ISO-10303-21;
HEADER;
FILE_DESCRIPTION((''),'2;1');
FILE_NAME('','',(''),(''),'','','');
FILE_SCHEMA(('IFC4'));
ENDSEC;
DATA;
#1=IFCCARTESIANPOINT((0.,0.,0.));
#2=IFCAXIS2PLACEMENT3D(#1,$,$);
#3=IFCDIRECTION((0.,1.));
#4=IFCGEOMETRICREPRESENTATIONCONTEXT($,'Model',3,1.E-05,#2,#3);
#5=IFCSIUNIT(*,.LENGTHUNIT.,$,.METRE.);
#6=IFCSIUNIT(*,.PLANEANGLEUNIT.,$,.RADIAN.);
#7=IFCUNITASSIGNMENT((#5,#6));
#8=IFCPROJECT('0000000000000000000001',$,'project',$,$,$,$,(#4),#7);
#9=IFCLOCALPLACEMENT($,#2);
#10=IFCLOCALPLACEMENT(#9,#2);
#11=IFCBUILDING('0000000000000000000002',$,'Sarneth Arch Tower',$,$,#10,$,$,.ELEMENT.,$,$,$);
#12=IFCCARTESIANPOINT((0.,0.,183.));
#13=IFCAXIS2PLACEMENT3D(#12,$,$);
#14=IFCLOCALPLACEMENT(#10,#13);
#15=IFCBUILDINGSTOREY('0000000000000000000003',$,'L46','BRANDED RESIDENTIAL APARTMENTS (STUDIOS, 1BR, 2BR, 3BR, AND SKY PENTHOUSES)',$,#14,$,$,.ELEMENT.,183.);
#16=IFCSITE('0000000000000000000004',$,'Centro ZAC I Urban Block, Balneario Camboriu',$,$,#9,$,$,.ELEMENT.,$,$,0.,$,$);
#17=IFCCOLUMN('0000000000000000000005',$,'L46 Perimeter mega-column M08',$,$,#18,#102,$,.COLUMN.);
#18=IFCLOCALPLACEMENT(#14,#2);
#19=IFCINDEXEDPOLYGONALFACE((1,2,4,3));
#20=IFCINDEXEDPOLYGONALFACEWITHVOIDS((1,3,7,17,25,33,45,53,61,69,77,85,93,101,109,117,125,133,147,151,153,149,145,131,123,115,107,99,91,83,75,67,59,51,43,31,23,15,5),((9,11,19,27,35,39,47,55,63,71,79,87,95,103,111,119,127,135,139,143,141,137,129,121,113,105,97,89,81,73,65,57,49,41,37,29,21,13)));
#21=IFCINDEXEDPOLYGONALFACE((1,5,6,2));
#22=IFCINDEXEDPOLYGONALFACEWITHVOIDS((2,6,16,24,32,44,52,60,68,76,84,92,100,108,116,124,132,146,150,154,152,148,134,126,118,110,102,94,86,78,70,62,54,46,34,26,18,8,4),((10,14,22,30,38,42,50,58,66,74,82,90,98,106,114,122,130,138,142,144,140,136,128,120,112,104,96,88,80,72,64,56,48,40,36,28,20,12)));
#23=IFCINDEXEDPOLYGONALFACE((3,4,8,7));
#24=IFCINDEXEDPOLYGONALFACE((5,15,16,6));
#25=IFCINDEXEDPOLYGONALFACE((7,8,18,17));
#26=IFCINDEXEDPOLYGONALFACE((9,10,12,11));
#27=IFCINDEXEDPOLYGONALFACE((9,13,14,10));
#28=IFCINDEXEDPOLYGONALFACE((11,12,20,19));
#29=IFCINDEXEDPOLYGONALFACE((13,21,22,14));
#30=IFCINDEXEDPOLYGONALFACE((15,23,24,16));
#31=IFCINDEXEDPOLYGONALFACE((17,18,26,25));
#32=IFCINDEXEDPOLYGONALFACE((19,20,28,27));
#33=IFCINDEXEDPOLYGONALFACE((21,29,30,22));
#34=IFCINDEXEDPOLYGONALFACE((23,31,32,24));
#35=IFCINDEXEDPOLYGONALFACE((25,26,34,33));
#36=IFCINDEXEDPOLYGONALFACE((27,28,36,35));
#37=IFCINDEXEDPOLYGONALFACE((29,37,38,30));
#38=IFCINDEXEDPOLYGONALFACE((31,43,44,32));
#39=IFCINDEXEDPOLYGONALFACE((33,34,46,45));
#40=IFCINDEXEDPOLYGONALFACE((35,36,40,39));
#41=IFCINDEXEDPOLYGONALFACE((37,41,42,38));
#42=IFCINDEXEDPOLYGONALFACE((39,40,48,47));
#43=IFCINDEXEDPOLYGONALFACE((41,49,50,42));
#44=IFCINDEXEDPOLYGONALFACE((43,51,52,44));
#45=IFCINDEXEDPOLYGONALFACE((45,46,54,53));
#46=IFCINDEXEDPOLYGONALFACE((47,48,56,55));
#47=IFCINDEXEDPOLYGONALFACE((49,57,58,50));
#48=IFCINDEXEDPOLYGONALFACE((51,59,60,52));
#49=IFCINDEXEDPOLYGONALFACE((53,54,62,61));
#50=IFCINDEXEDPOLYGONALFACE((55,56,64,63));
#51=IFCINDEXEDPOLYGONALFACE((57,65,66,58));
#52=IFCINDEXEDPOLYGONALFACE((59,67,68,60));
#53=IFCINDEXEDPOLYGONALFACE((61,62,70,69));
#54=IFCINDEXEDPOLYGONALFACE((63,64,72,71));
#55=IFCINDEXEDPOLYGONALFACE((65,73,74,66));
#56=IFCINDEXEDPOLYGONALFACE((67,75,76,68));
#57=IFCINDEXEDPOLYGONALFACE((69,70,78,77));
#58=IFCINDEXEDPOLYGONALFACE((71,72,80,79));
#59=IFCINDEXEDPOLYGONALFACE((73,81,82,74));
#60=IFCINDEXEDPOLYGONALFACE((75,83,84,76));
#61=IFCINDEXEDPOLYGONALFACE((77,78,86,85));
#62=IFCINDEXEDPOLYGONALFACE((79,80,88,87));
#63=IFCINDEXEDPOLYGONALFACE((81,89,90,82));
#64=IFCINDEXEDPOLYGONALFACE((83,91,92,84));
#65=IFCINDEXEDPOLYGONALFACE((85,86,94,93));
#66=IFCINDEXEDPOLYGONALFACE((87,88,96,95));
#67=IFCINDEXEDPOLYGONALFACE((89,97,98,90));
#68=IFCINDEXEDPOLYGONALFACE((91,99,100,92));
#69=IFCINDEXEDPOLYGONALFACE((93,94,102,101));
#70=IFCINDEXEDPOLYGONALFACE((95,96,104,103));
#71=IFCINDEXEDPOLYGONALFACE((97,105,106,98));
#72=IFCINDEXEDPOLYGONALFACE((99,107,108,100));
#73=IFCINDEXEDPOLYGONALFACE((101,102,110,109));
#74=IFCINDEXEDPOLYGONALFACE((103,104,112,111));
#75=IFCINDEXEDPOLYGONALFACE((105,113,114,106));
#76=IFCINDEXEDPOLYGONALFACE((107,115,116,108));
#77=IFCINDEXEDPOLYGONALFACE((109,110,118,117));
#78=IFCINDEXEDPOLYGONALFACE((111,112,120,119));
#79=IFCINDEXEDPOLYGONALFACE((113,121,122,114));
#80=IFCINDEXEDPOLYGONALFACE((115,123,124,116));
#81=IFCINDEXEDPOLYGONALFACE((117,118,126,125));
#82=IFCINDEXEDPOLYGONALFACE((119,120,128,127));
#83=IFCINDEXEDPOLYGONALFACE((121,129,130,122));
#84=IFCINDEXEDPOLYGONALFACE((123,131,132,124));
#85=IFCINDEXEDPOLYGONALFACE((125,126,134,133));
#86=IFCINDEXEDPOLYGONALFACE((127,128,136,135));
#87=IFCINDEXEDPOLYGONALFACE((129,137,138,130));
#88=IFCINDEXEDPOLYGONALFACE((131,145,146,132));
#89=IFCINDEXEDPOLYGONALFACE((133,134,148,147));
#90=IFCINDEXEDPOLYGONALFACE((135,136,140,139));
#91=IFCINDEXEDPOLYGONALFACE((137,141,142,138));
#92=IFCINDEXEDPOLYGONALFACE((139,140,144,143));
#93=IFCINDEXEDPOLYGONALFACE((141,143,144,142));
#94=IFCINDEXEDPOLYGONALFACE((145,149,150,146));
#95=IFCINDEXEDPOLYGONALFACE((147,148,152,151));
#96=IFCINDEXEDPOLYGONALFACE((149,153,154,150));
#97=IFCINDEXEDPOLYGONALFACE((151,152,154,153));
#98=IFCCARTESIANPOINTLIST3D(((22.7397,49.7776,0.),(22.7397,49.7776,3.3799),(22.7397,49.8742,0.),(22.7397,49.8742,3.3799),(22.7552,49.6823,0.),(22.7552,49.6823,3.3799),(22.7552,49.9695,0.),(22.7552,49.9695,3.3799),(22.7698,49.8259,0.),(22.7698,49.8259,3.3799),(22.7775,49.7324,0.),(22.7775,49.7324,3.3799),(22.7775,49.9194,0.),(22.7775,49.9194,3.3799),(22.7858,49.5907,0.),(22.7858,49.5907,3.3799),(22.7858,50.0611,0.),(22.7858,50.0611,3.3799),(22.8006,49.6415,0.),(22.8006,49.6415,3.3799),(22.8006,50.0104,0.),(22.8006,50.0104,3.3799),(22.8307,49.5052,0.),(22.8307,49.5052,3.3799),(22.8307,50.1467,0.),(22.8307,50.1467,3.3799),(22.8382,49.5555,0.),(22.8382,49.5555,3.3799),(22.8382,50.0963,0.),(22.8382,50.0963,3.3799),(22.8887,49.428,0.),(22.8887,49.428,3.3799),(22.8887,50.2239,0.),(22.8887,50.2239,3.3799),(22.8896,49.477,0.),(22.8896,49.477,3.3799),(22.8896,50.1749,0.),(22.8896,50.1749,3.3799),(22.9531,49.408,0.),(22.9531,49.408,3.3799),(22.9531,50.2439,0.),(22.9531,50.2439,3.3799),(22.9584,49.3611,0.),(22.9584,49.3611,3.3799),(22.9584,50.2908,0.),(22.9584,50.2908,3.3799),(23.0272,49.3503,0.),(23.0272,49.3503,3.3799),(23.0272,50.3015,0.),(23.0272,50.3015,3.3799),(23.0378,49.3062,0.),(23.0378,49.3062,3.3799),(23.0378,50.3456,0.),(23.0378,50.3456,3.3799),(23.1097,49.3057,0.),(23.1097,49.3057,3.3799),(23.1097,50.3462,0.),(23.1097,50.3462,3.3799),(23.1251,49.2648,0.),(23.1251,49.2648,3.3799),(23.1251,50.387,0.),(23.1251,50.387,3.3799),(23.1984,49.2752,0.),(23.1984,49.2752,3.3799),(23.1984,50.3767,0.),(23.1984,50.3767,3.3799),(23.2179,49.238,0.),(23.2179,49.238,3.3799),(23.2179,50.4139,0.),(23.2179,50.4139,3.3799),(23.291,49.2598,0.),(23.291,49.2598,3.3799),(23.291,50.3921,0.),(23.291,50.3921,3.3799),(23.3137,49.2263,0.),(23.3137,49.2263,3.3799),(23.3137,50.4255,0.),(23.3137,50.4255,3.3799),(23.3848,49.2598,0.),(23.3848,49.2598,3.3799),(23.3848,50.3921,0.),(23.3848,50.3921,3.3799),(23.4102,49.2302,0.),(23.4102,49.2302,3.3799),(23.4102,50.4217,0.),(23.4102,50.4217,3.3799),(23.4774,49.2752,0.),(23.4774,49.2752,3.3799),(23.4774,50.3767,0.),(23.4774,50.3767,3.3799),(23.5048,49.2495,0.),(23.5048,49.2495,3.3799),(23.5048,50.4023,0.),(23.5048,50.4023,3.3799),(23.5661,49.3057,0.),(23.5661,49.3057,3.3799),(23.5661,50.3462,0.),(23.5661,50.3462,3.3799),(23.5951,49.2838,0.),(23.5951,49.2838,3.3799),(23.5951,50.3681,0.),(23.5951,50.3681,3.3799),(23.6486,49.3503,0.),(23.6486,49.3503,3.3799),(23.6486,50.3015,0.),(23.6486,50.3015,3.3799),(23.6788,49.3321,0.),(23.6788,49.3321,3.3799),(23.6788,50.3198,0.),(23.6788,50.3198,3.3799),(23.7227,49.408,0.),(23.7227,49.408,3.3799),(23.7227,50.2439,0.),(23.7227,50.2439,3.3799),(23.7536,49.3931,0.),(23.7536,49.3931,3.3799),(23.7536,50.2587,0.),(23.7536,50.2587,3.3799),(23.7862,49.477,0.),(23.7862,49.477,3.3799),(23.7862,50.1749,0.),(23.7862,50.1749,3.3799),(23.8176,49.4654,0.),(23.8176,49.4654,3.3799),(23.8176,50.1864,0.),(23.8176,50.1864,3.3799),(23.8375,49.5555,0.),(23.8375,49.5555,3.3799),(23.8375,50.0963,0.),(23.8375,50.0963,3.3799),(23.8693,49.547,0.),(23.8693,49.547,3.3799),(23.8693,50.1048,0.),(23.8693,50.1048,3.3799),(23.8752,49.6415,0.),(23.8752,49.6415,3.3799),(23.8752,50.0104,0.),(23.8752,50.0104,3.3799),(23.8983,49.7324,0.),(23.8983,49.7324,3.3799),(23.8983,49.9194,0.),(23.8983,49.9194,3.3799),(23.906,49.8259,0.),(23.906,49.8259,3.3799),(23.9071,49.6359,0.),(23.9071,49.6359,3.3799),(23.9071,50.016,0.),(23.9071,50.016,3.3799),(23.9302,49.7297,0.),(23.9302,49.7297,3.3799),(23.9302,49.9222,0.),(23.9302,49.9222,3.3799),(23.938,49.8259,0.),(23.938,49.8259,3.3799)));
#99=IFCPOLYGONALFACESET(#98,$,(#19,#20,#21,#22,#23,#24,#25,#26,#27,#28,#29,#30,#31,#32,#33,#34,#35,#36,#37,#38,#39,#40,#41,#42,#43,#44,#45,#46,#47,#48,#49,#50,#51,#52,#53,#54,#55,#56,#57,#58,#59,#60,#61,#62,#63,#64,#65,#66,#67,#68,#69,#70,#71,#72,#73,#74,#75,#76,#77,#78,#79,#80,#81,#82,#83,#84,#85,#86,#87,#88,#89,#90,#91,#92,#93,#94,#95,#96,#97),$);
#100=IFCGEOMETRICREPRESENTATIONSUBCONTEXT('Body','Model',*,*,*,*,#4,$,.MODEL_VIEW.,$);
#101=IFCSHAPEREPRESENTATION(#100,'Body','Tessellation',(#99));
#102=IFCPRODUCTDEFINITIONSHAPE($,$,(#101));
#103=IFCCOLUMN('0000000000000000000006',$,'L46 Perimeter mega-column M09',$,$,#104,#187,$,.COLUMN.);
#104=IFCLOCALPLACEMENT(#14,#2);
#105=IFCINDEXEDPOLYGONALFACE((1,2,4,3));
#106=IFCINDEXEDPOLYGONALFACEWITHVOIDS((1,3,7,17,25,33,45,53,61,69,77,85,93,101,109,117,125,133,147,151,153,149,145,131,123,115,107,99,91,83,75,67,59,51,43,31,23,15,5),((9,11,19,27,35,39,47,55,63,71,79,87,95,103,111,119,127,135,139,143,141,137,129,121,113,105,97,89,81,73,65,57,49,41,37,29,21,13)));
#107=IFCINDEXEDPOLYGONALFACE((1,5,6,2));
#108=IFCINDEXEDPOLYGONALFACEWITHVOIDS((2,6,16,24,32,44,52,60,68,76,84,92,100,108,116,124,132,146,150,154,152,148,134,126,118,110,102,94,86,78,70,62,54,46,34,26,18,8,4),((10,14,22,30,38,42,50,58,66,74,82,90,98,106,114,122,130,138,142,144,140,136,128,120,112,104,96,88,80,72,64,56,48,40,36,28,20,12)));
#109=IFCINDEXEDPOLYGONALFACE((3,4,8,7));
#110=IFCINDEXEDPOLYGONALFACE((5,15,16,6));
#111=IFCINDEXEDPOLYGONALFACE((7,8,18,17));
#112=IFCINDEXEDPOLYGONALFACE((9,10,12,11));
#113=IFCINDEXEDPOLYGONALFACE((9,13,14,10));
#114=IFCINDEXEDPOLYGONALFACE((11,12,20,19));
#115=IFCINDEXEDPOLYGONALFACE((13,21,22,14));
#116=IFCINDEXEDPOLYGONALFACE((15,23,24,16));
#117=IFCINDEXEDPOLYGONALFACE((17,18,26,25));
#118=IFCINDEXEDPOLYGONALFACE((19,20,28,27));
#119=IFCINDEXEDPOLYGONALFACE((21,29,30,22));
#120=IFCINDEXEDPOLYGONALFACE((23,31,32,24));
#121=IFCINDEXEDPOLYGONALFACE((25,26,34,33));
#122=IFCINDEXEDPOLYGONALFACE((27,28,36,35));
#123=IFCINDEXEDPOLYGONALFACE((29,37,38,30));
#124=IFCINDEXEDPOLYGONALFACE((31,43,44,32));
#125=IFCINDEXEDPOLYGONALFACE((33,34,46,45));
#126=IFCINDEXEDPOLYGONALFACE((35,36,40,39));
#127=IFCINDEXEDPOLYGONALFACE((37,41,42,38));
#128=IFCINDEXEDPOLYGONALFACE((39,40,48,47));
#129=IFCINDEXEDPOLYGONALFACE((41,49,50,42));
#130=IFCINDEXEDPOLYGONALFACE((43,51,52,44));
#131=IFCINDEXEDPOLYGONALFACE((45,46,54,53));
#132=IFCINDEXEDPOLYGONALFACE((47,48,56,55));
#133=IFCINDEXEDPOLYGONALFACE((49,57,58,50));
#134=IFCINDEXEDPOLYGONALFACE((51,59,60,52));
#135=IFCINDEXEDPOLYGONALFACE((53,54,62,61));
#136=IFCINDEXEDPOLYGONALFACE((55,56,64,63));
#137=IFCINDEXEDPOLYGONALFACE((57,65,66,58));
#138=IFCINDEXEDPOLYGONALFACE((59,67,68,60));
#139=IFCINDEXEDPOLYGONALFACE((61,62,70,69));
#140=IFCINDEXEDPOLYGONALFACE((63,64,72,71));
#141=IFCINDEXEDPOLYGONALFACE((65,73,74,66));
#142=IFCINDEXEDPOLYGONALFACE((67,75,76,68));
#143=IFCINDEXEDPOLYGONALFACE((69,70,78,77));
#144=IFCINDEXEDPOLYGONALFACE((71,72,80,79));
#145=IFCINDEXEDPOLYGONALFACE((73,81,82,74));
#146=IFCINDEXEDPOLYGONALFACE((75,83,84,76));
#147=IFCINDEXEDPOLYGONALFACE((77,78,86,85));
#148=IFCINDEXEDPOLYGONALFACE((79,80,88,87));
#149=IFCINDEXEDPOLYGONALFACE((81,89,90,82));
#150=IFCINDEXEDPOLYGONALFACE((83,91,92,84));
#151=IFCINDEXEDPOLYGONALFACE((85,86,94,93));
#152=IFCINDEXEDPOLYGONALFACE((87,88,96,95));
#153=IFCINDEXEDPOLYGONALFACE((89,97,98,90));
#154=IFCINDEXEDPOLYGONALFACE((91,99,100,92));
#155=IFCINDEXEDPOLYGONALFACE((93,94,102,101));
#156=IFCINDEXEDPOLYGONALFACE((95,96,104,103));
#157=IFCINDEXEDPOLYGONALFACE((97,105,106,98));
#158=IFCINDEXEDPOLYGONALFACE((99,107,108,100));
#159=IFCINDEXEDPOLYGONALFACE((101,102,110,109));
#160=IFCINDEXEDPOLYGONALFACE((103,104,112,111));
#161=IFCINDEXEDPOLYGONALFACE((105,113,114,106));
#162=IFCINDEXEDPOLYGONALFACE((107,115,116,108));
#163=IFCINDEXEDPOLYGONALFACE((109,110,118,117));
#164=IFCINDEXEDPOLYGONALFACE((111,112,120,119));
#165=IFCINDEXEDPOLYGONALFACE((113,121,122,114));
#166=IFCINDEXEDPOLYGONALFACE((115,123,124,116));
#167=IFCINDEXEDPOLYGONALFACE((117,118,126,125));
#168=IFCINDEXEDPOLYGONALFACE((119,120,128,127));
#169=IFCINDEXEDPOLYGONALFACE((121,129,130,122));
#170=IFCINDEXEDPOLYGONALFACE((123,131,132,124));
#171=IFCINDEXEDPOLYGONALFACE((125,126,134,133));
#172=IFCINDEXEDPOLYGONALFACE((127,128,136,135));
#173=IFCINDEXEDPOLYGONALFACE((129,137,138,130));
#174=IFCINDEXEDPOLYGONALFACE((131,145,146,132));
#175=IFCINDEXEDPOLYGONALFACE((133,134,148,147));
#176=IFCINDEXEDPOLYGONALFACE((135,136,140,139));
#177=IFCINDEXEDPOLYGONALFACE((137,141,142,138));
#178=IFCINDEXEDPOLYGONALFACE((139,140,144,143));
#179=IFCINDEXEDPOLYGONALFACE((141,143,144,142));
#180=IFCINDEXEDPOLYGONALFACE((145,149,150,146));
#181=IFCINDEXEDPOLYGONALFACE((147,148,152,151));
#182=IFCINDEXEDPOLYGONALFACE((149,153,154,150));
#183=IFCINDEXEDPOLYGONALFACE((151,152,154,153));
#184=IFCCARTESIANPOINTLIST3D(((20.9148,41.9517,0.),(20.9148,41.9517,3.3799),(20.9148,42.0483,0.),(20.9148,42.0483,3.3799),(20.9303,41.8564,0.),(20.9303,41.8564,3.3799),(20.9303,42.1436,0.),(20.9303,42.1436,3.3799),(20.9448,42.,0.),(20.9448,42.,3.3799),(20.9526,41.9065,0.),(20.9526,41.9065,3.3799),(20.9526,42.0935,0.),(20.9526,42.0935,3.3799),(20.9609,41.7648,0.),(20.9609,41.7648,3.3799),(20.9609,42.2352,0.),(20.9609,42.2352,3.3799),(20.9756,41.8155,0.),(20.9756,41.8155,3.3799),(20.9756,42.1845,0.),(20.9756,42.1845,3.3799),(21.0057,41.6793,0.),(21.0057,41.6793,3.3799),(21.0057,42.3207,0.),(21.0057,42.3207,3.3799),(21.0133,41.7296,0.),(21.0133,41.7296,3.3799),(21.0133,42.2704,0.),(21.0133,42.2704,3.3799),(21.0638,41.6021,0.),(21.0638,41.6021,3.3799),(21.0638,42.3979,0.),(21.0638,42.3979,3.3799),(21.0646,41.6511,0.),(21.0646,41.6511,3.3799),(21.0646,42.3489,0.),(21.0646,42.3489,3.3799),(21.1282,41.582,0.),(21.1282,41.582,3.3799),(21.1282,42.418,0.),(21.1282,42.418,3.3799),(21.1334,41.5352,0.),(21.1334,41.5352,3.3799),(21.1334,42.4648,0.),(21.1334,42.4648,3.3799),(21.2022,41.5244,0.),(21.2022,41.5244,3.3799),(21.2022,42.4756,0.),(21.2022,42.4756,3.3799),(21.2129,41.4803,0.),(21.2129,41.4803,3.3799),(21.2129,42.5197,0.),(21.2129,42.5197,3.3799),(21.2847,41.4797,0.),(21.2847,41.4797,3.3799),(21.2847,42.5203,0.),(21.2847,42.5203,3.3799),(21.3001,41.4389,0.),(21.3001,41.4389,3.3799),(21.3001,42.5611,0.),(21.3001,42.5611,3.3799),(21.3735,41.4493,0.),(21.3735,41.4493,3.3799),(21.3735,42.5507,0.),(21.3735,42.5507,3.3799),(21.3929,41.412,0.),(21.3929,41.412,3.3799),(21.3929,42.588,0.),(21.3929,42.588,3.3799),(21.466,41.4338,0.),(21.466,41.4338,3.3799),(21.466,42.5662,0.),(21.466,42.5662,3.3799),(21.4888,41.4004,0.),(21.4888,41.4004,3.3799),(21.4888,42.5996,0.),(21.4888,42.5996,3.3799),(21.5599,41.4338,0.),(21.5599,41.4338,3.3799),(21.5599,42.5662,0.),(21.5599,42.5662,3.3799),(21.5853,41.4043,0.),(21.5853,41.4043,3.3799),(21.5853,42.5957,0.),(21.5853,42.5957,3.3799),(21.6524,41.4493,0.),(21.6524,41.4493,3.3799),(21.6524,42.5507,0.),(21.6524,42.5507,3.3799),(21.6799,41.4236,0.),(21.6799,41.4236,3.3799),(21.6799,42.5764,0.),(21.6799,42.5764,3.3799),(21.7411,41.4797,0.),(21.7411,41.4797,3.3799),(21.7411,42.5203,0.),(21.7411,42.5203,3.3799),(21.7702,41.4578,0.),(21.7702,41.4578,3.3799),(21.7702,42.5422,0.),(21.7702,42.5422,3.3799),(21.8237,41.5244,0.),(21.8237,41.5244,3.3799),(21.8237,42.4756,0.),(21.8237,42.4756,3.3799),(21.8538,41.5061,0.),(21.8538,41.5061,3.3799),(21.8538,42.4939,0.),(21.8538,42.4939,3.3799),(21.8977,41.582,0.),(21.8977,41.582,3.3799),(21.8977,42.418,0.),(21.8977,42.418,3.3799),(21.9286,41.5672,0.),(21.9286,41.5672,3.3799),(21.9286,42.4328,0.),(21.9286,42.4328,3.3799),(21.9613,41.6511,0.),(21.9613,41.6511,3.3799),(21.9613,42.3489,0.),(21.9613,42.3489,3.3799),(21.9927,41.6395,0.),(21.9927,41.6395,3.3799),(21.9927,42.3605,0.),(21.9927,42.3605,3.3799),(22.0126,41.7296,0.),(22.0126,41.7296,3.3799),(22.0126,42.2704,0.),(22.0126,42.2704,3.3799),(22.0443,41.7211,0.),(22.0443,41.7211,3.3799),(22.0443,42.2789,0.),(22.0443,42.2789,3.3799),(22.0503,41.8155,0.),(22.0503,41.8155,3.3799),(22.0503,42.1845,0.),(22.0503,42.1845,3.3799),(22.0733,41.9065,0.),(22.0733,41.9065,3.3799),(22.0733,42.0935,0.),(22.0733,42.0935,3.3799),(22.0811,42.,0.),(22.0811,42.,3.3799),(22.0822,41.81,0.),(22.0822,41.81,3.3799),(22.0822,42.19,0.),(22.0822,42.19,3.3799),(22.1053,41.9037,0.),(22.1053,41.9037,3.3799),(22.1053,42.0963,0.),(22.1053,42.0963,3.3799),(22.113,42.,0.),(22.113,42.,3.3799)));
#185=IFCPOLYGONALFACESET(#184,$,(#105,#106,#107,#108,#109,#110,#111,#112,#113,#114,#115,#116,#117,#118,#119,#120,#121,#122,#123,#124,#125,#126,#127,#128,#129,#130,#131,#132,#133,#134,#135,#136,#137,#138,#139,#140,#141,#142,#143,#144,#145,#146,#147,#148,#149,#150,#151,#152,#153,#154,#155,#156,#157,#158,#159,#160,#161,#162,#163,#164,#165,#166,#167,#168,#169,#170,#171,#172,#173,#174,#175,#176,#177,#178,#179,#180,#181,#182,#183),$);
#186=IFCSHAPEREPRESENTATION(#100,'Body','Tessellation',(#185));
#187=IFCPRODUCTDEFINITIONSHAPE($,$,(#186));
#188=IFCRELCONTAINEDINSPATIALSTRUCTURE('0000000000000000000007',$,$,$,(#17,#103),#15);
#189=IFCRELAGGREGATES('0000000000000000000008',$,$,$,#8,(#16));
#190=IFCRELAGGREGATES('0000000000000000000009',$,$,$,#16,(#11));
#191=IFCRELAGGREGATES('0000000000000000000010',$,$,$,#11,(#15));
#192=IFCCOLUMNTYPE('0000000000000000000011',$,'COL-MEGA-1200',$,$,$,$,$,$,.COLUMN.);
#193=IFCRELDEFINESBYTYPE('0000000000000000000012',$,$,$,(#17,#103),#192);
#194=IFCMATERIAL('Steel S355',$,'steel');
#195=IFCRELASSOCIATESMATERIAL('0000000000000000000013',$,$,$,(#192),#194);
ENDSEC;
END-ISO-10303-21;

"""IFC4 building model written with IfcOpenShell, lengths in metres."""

from ifc_helpers import new_model, si_unit, direction, frame, origin, origin_2d, place, context, subcontext, project, spatial, hollow_circle, extrude, material, material_profile, profile_set, type_object, element, save


model = new_model("IFC4")

# Units and contexts
model_context = context("Model", 3, precision=1e-05, world=origin(), true_north=direction((0.0, 1.0)))
body_context = subcontext(model_context, "Body", "Model", "MODEL_VIEW")
ifc_project = project(units=[si_unit("LENGTHUNIT", "METRE"), si_unit("PLANEANGLEUNIT", "RADIAN")], contexts=[model_context])

# Site, building, storey
site_placement = place(None, origin())
site = spatial("IfcSite", under=ifc_project, at=site_placement, Name="Centro ZAC I Urban Block, Balneario Camboriu", CompositionType="ELEMENT", RefElevation=0.0)
building_placement = place(site_placement, origin())
building = spatial("IfcBuilding", under=site, at=building_placement, Name="Sarneth Arch Tower", CompositionType="ELEMENT")
storey_placement = place(building_placement, frame((0.0, 0.0, 183.0)))
storey = spatial("IfcBuildingStorey", under=building, at=storey_placement, Name="L46", Description="BRANDED RESIDENTIAL APARTMENTS (STUDIOS, 1BR, 2BR, 3BR, AND SKY PENTHOUSES)", CompositionType="ELEMENT", Elevation=183.0)

# Columns
ifc_material_1 = material(Name="Steel S355", Category="steel")
ifc_material_profile_1 = material_profile(ifc_material_1, hollow_circle(Radius=0.6001, WallThickness=0.032, at=origin_2d()), Name="CHS1200x32")
ifc_profile_set_1 = profile_set([ifc_material_profile_1], Name="Steel S355")
column_type = type_object("IfcColumnType", Name="COL-MEGA-1200", PredefinedType="COLUMN", material=ifc_profile_set_1)
for number, where, z_axis, x_axis, name in (
    (1, (23.3379, 49.8259, 0.0), (0.0, 0.0, 1.0), (1.0, 0.0, 0.0), "L46 Perimeter mega-column M08"),
    (2, (21.5129, 42.0, 0.0), (0.0, 0.0, 1.0), (1.0, 0.0, 0.0), "L46 Perimeter mega-column M09"),
):
    element("IfcColumn", number, at=place(storey_placement, frame(where, z_axis=z_axis, x_axis=x_axis)), inside=storey, type_object=column_type, Name=name, PredefinedType="COLUMN", context=body_context, shape_type="SweptSolid", body=[
        extrude(hollow_circle(Radius=0.6001, WallThickness=0.032, at=origin_2d()), origin(), (0.0, 0.0, 1.0), 3.3799),
    ])

save(model, "model.ifc")
